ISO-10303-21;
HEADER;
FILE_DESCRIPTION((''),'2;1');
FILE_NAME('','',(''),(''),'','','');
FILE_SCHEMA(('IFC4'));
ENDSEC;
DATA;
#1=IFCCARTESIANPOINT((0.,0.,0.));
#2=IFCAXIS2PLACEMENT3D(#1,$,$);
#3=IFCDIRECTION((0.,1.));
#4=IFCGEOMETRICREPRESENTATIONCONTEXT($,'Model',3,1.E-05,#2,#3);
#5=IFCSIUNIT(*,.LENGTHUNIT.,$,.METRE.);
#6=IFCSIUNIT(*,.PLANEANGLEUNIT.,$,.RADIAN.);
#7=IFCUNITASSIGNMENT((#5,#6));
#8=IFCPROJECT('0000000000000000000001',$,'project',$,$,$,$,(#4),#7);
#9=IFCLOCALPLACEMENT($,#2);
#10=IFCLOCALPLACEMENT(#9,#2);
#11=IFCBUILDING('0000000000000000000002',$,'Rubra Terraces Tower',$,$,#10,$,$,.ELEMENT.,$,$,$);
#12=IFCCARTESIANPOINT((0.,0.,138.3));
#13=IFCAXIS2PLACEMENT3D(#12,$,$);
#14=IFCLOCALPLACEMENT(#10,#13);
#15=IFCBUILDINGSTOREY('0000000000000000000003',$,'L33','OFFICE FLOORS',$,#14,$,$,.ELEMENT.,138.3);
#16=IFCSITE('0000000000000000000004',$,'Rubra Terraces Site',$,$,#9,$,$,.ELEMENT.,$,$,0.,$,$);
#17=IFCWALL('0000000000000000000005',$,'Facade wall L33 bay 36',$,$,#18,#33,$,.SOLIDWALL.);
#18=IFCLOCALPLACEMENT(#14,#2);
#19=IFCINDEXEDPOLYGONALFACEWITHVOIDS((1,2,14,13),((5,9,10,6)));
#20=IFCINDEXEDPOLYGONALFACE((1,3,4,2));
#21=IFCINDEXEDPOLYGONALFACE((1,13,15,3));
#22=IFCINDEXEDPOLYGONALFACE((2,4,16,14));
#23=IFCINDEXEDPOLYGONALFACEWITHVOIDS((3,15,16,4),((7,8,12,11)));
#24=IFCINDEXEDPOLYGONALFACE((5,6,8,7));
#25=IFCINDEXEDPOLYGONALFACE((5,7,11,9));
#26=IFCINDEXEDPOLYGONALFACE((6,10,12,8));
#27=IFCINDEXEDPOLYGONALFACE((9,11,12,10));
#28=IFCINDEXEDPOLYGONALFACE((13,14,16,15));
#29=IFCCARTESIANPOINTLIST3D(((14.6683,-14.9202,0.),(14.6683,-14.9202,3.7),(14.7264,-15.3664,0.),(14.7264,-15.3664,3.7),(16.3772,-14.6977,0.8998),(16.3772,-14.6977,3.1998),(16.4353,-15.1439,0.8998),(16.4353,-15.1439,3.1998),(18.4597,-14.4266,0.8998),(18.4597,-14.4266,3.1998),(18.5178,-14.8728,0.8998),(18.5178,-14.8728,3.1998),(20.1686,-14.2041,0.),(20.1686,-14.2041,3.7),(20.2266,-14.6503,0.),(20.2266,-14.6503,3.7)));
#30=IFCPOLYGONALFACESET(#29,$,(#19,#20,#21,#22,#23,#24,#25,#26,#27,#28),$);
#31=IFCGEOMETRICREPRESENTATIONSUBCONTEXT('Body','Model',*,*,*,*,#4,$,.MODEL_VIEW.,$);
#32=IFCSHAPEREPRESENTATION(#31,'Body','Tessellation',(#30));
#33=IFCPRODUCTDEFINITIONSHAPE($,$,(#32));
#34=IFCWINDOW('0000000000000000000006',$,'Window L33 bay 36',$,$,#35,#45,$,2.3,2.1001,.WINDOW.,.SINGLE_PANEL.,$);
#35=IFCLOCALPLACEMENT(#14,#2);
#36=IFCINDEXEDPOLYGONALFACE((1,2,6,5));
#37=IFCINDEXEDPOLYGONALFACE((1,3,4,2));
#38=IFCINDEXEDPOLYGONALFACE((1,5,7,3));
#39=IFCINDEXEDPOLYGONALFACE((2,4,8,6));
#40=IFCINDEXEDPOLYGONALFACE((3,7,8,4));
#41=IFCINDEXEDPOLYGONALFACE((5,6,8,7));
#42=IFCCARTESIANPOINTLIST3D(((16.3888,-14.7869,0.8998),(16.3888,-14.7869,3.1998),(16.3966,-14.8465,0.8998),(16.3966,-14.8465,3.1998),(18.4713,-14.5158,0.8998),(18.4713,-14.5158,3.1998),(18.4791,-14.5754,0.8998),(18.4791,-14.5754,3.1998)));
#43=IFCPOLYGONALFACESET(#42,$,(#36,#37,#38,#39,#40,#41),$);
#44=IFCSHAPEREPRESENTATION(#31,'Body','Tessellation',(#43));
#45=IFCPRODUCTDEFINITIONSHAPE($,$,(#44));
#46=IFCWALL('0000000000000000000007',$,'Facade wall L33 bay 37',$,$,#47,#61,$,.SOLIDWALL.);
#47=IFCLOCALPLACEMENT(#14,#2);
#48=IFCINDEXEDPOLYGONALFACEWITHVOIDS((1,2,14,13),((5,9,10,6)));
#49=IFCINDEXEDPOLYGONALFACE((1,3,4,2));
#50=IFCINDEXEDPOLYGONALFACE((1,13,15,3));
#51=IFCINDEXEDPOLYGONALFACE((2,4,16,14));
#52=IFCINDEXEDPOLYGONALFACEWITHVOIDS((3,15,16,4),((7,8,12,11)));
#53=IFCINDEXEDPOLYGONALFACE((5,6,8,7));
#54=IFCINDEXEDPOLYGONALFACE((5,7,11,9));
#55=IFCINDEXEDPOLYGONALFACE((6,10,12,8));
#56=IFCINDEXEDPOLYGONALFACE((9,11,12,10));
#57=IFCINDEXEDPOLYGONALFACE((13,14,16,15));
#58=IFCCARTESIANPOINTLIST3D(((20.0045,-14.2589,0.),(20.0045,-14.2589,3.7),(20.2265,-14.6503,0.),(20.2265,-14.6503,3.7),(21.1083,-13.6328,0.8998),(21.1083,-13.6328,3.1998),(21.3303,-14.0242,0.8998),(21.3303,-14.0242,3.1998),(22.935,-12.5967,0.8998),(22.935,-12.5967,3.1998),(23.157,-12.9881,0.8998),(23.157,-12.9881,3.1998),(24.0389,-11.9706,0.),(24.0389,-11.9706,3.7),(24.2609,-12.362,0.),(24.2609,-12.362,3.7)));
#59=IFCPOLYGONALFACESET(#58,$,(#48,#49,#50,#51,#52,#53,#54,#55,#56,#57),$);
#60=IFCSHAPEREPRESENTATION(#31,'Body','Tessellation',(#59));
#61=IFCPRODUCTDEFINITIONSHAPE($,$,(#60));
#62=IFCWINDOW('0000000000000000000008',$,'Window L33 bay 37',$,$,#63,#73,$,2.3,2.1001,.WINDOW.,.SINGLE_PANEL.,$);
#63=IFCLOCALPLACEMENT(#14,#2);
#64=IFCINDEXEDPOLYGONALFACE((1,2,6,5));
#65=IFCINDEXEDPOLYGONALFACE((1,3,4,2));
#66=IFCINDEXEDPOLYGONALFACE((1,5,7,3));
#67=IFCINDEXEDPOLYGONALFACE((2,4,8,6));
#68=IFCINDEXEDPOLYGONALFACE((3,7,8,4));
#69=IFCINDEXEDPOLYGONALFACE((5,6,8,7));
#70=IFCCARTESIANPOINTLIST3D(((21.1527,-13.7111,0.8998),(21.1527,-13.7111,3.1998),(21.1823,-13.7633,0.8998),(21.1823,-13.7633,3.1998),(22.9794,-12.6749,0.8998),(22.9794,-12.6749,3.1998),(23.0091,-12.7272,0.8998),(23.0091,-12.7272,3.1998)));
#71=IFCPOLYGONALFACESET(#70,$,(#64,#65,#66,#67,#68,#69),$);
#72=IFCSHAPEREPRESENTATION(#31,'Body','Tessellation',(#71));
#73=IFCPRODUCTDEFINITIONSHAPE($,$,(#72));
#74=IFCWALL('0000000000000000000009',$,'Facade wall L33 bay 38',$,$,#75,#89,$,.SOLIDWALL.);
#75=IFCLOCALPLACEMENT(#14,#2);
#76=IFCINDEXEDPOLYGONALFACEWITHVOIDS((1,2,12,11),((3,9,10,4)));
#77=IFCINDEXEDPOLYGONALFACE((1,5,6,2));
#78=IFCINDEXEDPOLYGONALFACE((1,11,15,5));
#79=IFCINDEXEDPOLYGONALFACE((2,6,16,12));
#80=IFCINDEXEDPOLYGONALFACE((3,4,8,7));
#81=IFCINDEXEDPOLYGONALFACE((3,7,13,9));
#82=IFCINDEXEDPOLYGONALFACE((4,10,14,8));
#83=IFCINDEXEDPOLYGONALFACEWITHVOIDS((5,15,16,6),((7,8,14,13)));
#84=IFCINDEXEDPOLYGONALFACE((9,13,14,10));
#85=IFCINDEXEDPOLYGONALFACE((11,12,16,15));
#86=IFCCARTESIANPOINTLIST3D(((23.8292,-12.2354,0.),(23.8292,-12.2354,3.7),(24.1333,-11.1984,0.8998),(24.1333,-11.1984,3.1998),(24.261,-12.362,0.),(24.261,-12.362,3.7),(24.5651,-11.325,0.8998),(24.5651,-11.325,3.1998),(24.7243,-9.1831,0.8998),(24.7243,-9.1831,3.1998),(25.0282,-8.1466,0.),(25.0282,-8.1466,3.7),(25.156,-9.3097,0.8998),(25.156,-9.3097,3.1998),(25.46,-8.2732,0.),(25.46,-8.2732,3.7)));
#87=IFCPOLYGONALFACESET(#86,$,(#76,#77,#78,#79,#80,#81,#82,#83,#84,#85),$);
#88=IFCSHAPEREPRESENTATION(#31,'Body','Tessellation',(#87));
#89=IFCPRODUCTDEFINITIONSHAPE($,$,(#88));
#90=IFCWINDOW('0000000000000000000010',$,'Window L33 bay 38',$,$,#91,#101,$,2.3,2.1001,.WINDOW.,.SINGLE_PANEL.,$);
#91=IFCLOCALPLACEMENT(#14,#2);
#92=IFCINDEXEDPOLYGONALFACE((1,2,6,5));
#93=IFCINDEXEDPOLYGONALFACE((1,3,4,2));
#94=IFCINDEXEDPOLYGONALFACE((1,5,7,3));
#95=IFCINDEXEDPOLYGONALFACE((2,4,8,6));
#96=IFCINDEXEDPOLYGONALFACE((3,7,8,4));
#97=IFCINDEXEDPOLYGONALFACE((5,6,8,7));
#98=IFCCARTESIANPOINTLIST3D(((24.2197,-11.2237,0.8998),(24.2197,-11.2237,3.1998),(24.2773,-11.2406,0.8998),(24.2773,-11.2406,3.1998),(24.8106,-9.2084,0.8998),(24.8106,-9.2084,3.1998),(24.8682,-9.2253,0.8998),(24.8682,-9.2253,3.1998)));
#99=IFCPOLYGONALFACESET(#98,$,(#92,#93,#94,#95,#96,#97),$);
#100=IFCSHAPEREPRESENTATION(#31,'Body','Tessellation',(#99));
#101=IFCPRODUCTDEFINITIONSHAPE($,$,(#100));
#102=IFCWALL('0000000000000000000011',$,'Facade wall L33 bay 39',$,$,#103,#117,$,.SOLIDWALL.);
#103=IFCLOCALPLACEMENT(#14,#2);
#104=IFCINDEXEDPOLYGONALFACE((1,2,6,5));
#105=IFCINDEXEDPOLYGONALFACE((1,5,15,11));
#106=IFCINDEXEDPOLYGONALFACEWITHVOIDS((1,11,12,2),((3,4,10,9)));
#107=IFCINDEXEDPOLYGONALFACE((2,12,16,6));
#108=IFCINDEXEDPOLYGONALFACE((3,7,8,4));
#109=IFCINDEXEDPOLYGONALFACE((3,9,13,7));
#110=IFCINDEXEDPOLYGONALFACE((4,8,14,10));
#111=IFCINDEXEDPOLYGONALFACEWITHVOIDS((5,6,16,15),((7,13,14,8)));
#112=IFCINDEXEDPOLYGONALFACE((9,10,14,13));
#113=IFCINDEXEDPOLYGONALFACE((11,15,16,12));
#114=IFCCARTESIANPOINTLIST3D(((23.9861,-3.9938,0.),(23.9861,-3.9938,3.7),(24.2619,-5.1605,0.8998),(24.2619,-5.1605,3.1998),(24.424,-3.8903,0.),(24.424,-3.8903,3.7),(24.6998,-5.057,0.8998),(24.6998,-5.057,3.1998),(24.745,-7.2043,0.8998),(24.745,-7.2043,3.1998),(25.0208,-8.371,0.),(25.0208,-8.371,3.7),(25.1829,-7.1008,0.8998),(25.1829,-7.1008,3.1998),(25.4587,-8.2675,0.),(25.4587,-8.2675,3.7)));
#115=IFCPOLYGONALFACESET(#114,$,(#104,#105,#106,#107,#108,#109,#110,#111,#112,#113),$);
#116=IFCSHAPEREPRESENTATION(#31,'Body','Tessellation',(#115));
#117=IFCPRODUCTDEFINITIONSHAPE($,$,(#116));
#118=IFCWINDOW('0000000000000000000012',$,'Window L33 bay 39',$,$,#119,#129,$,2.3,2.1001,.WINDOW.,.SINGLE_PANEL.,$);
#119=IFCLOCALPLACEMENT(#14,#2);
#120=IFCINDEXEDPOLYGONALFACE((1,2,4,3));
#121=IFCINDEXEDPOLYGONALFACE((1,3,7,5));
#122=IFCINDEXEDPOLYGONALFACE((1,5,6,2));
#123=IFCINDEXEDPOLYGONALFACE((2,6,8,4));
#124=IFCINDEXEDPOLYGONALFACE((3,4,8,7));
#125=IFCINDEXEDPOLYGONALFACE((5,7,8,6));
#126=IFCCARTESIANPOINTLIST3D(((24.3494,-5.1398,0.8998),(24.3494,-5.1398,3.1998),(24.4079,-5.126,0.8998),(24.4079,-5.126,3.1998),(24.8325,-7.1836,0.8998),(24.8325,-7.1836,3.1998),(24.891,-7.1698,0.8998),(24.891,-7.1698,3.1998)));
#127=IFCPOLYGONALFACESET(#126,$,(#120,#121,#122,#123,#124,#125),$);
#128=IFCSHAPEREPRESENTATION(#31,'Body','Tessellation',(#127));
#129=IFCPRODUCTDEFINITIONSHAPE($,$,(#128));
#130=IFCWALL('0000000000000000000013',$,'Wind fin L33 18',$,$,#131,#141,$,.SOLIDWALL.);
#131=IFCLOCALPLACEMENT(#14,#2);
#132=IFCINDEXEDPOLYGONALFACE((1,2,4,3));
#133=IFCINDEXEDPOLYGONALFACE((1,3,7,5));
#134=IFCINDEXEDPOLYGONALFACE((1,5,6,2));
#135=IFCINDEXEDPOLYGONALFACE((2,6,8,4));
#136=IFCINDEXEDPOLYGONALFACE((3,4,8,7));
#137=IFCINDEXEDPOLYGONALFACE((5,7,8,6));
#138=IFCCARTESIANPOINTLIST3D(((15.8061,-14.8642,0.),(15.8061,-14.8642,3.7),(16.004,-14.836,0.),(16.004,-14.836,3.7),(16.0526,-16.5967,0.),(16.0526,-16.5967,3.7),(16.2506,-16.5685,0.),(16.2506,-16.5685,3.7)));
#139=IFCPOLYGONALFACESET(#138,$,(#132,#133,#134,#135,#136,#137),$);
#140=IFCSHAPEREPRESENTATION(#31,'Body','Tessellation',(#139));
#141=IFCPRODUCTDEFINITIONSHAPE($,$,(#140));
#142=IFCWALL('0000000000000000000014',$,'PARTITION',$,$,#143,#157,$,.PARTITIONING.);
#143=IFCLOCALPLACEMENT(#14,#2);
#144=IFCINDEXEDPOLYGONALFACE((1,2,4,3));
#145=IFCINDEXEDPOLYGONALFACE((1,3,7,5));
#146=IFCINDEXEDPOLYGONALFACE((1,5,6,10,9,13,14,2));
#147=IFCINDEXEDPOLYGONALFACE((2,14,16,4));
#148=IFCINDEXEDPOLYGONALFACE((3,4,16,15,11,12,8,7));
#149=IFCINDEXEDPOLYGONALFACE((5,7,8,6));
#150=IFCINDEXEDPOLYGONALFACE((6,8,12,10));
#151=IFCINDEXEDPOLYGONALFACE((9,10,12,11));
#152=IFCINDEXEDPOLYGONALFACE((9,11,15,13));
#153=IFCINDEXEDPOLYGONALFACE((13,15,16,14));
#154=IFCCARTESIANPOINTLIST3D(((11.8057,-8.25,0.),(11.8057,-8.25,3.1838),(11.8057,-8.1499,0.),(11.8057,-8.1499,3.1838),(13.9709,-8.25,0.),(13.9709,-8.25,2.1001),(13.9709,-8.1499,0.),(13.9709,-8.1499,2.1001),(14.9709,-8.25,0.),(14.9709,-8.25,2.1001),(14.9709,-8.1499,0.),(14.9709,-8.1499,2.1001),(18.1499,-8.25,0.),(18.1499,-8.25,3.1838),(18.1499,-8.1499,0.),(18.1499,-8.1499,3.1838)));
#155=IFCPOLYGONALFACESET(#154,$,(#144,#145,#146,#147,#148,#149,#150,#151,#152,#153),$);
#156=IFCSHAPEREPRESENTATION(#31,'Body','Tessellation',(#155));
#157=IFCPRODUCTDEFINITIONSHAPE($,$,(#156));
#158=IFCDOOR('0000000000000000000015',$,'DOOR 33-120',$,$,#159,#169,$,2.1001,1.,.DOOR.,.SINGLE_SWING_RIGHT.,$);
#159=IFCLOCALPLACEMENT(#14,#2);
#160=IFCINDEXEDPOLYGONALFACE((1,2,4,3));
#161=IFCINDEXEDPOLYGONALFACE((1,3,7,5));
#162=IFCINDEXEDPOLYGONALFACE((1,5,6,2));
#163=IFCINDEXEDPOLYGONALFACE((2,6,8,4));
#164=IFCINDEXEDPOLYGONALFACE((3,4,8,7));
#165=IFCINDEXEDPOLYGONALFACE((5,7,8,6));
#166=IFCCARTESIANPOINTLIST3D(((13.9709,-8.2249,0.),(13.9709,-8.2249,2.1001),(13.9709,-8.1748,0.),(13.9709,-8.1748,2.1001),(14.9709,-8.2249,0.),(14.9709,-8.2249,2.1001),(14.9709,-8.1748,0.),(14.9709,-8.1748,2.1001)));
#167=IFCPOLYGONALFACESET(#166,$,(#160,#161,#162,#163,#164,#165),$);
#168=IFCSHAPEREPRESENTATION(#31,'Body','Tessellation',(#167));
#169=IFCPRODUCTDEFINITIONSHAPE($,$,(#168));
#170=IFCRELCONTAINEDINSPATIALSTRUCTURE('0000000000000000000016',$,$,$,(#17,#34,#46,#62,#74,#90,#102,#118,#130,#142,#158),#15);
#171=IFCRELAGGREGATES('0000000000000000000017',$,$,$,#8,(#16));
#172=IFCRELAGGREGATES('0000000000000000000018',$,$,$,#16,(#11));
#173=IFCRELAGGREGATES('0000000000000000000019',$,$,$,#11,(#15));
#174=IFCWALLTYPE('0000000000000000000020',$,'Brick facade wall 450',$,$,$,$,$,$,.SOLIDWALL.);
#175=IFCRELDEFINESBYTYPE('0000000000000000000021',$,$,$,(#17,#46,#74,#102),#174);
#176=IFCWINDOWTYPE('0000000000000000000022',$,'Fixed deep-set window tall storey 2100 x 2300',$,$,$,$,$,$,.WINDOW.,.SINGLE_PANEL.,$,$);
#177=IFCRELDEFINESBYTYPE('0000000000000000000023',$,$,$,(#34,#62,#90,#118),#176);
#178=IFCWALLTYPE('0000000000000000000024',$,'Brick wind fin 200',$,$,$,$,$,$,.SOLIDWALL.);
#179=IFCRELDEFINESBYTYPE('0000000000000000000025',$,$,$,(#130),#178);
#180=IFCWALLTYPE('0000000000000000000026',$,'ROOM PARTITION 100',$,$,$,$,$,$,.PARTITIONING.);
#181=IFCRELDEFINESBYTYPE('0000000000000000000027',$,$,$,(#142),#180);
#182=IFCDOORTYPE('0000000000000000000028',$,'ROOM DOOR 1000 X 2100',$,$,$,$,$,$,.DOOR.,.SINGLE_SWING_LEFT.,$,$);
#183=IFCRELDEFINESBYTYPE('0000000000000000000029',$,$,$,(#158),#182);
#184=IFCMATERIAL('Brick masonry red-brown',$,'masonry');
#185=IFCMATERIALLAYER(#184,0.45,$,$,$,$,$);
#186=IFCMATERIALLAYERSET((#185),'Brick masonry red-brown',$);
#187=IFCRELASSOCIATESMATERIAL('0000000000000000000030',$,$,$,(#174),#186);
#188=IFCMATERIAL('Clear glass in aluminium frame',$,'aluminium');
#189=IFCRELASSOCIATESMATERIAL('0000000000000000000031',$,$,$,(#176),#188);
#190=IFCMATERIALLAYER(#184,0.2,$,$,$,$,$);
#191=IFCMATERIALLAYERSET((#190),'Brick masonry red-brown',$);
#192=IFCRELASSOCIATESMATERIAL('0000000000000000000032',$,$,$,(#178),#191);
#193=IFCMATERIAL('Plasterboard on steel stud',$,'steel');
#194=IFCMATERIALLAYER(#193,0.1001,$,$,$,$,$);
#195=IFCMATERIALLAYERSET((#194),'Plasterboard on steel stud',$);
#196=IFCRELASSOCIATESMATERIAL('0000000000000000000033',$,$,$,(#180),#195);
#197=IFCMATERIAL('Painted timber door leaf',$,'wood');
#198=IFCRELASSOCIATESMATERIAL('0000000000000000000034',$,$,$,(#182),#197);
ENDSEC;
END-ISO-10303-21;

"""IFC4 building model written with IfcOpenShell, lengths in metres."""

from ifc_helpers import new_model, si_unit, direction, frame, frame_2d, origin, place, context, subcontext, project, spatial, rectangle, extrude, material, layer, layer_set, type_object, element, fill, save


model = new_model("IFC4")

# Units and contexts
model_context = context("Model", 3, precision=1e-05, world=origin(), true_north=direction((0.0, 1.0)))
body_context = subcontext(model_context, "Body", "Model", "MODEL_VIEW")
ifc_project = project(units=[si_unit("LENGTHUNIT", "METRE"), si_unit("PLANEANGLEUNIT", "RADIAN")], contexts=[model_context])

# Site, building, storey
site_placement = place(None, origin())
site = spatial("IfcSite", under=ifc_project, at=site_placement, Name="Rubra Terraces Site", CompositionType="ELEMENT", RefElevation=0.0)
building_placement = place(site_placement, origin())
building = spatial("IfcBuilding", under=site, at=building_placement, Name="Rubra Terraces Tower", CompositionType="ELEMENT")
storey_placement = place(building_placement, frame((0.0, 0.0, 138.3)))
storey = spatial("IfcBuildingStorey", under=building, at=storey_placement, Name="L33", Description="OFFICE FLOORS", CompositionType="ELEMENT", Elevation=138.3)

# Walls, openings, windows
ifc_material_1 = material(Name="Brick masonry red-brown", Category="masonry")
ifc_layer_1 = layer(ifc_material_1, 0.45)
ifc_layer_set_1 = layer_set([ifc_layer_1], Name="Brick masonry red-brown")
wall_type_1 = type_object("IfcWallType", Name="Brick facade wall 450", PredefinedType="SOLIDWALL", material=ifc_layer_set_1)
ifc_material_2 = material(Name="Clear glass in aluminium frame", Category="aluminium")
window_type = type_object("IfcWindowType", Name="Fixed deep-set window tall storey 2100 x 2300", PartitioningType="SINGLE_PANEL", PredefinedType="WINDOW", material=ifc_material_2)
wall_1_placement = place(storey_placement, frame((14.6973, -15.1433, 0.0), z_axis=(0.0, 0.0, 1.0), x_axis=(0.991632, 0.129098, 0.0)))
wall_1 = element("IfcWall", 1, at=wall_1_placement, inside=storey, type_object=wall_type_1, Name="Facade wall L33 bay 36", PredefinedType="SOLIDWALL", context=body_context, shape_type="SweptSolid", body=[
    extrude(rectangle(XDim=5.5466, YDim=0.45, at=frame_2d((2.7734, 0.0))), origin(), (0.0, 0.0, 1.0), 3.7),
])
opening_1_placement = place(wall_1_placement, frame((1.7234, 0.0, 0.8999)))
opening_1 = element("IfcOpeningElement", 2, at=opening_1_placement, cuts=wall_1, PredefinedType="OPENING", context=body_context, shape_type="SweptSolid", body=[
    extrude(rectangle(XDim=2.1001, YDim=2.3, at=frame_2d((1.05, 1.1499))), frame((0.0, 0.2349, 0.0), z_axis=(0.0, -1.0, 0.0), x_axis=(1.0, 0.0, 0.0)), (0.0, 0.0, 1.0), 0.47),
])
window_1_placement = place(opening_1_placement, origin())
window_1 = element("IfcWindow", 3, at=window_1_placement, inside=storey, type_object=window_type, Name="Window L33 bay 36", OverallHeight=2.3, OverallWidth=2.1001, PartitioningType="SINGLE_PANEL", PredefinedType="WINDOW", context=body_context, shape_type="SweptSolid", body=[
    extrude(rectangle(XDim=2.1001, YDim=2.3, at=frame_2d((1.05, 1.1499))), frame((0.0, 0.135, 0.0), z_axis=(0.0, -1.0, 0.0), x_axis=(1.0, 0.0, 0.0)), (0.0, 0.0, 1.0), 0.0601),
])
fill(opening_1, window_1)
wall_2_placement = place(storey_placement, frame((20.1155, -14.4546, 0.0), z_axis=(0.0, 0.0, 1.0), x_axis=(0.869823, 0.493364, 0.0)))
wall_2 = element("IfcWall", 4, at=wall_2_placement, inside=storey, type_object=wall_type_1, Name="Facade wall L33 bay 37", PredefinedType="SOLIDWALL", context=body_context, shape_type="SweptSolid", body=[
    extrude(rectangle(XDim=4.6382, YDim=0.45, at=frame_2d((2.3191, 0.0))), origin(), (0.0, 0.0, 1.0), 3.7),
])
opening_2_placement = place(wall_2_placement, frame((1.269, 0.0, 0.8999)))
opening_2 = element("IfcOpeningElement", 5, at=opening_2_placement, cuts=wall_2, PredefinedType="OPENING", context=body_context, shape_type="SweptSolid", body=[
    extrude(rectangle(XDim=2.1001, YDim=2.3, at=frame_2d((1.05, 1.1499))), frame((0.0, 0.2349, 0.0), z_axis=(0.0, -1.0, 0.0), x_axis=(1.0, 0.0, 0.0)), (0.0, 0.0, 1.0), 0.47),
])
window_2_placement = place(opening_2_placement, origin())
window_2 = element("IfcWindow", 6, at=window_2_placement, inside=storey, type_object=window_type, Name="Window L33 bay 37", OverallHeight=2.3, OverallWidth=2.1001, PartitioningType="SINGLE_PANEL", PredefinedType="WINDOW", context=body_context, shape_type="SweptSolid", body=[
    extrude(rectangle(XDim=2.1001, YDim=2.3, at=frame_2d((1.05, 1.1499))), frame((0.0, 0.135, 0.0), z_axis=(0.0, -1.0, 0.0), x_axis=(1.0, 0.0, 0.0)), (0.0, 0.0, 1.0), 0.0601),
])
fill(opening_2, window_2)
wall_3_placement = place(storey_placement, frame((24.0452, -12.2986, 0.0), z_axis=(0.0, 0.0, 1.0), x_axis=(0.281381, 0.959596, 0.0)))
wall_3 = element("IfcWall", 7, at=wall_3_placement, inside=storey, type_object=wall_type_1, Name="Facade wall L33 bay 38", PredefinedType="SOLIDWALL", context=body_context, shape_type="SweptSolid", body=[
    extrude(rectangle(XDim=4.261, YDim=0.45, at=frame_2d((2.1304, 0.0))), origin(), (0.0, 0.0, 1.0), 3.7),
])
opening_3_placement = place(wall_3_placement, frame((1.0806, 0.0, 0.8999)))
opening_3 = element("IfcOpeningElement", 8, at=opening_3_placement, cuts=wall_3, PredefinedType="OPENING", context=body_context, shape_type="SweptSolid", body=[
    extrude(rectangle(XDim=2.1001, YDim=2.3, at=frame_2d((1.05, 1.1499))), frame((0.0, 0.2349, 0.0), z_axis=(0.0, -1.0, 0.0), x_axis=(1.0, 0.0, 0.0)), (0.0, 0.0, 1.0), 0.47),
])
window_3_placement = place(opening_3_placement, origin())
window_3 = element("IfcWindow", 9, at=window_3_placement, inside=storey, type_object=window_type, Name="Window L33 bay 38", OverallHeight=2.3, OverallWidth=2.1001, PartitioningType="SINGLE_PANEL", PredefinedType="WINDOW", context=body_context, shape_type="SweptSolid", body=[
    extrude(rectangle(XDim=2.1001, YDim=2.3, at=frame_2d((1.05, 1.1499))), frame((0.0, 0.135, 0.0), z_axis=(0.0, -1.0, 0.0), x_axis=(1.0, 0.0, 0.0)), (0.0, 0.0, 1.0), 0.0601),
])
fill(opening_3, window_3)
wall_4_placement = place(storey_placement, frame((25.2397, -8.3193, 0.0), z_axis=(0.0, 0.0, 1.0), x_axis=(-0.230038, 0.973182, 0.0)))
wall_4 = element("IfcWall", 10, at=wall_4_placement, inside=storey, type_object=wall_type_1, Name="Facade wall L33 bay 39", PredefinedType="SOLIDWALL", context=body_context, shape_type="SweptSolid", body=[
    extrude(rectangle(XDim=4.4978, YDim=0.45, at=frame_2d((2.249, 0.0))), origin(), (0.0, 0.0, 1.0), 3.7),
])
opening_4_placement = place(wall_4_placement, frame((1.199, 0.0, 0.8999)))
opening_4 = element("IfcOpeningElement", 11, at=opening_4_placement, cuts=wall_4, PredefinedType="OPENING", context=body_context, shape_type="SweptSolid", body=[
    extrude(rectangle(XDim=2.1001, YDim=2.3, at=frame_2d((1.05, 1.1499))), frame((0.0, 0.2349, 0.0), z_axis=(0.0, -1.0, 0.0), x_axis=(1.0, 0.0, 0.0)), (0.0, 0.0, 1.0), 0.47),
])
window_4_placement = place(opening_4_placement, origin())
window_4 = element("IfcWindow", 12, at=window_4_placement, inside=storey, type_object=window_type, Name="Window L33 bay 39", OverallHeight=2.3, OverallWidth=2.1001, PartitioningType="SINGLE_PANEL", PredefinedType="WINDOW", context=body_context, shape_type="SweptSolid", body=[
    extrude(rectangle(XDim=2.1001, YDim=2.3, at=frame_2d((1.05, 1.1499))), frame((0.0, 0.135, 0.0), z_axis=(0.0, -1.0, 0.0), x_axis=(1.0, 0.0, 0.0)), (0.0, 0.0, 1.0), 0.0601),
])
fill(opening_4, window_4)

# Wall
ifc_layer_2 = layer(ifc_material_1, 0.2)
ifc_layer_set_2 = layer_set([ifc_layer_2], Name="Brick masonry red-brown")
wall_type_2 = type_object("IfcWallType", Name="Brick wind fin 200", PredefinedType="SOLIDWALL", material=ifc_layer_set_2)
wall_5_placement = place(storey_placement, frame((15.905, -14.8501, 0.0), z_axis=(0.0, 0.0, 1.0), x_axis=(0.140913, -0.990022, 0.0)))
element("IfcWall", 13, at=wall_5_placement, inside=storey, type_object=wall_type_2, Name="Wind fin L33 18", PredefinedType="SOLIDWALL", context=body_context, shape_type="SweptSolid", body=[
    extrude(rectangle(XDim=1.75, YDim=0.2, at=frame_2d((0.875, 0.0))), origin(), (0.0, 0.0, 1.0), 3.7),
])

# Wall, opening, door
ifc_material_3 = material(Name="Plasterboard on steel stud", Category="steel")
ifc_layer_3 = layer(ifc_material_3, 0.1001)
ifc_layer_set_3 = layer_set([ifc_layer_3], Name="Plasterboard on steel stud")
wall_type_3 = type_object("IfcWallType", Name="ROOM PARTITION 100", PredefinedType="PARTITIONING", material=ifc_layer_set_3)
wall_6_placement = place(storey_placement, frame((18.1499, -8.2, 0.0), z_axis=(0.0, 0.0, 1.0), x_axis=(-1.0, 0.0, 0.0)))
wall_6 = element("IfcWall", 14, at=wall_6_placement, inside=storey, type_object=wall_type_3, Name="PARTITION", PredefinedType="PARTITIONING", context=body_context, shape_type="SweptSolid", body=[
    extrude(rectangle(XDim=6.3442, YDim=0.1001, at=frame_2d((3.1721, 0.0))), origin(), (0.0, 0.0, 1.0), 3.1838),
])
opening_5_placement = place(wall_6_placement, frame((3.179, 0.0, 0.0)))
opening_5 = element("IfcOpeningElement", 15, at=opening_5_placement, cuts=wall_6, PredefinedType="OPENING", context=body_context, shape_type="SweptSolid", body=[
    extrude(rectangle(XDim=1.0, YDim=2.1001, at=frame_2d((0.5, 1.05))), frame((0.0, 0.0601, 0.0), z_axis=(0.0, -1.0, 0.0), x_axis=(1.0, 0.0, 0.0)), (0.0, 0.0, 1.0), 0.1201),
])
ifc_material_4 = material(Name="Painted timber door leaf", Category="wood")
door_type = type_object("IfcDoorType", Name="ROOM DOOR 1000 X 2100", OperationType="SINGLE_SWING_LEFT", PredefinedType="DOOR", material=ifc_material_4)
door_placement = place(opening_5_placement, origin())
door = element("IfcDoor", 16, at=door_placement, inside=storey, type_object=door_type, Name="DOOR 33-120", OperationType="SINGLE_SWING_RIGHT", OverallHeight=2.1001, OverallWidth=1.0, PredefinedType="DOOR", context=body_context, shape_type="SweptSolid", body=[
    extrude(rectangle(XDim=1.0, YDim=2.1001, at=frame_2d((0.5, 1.05))), frame((0.0, 0.0249, 0.0), z_axis=(0.0, -1.0, 0.0), x_axis=(1.0, 0.0, 0.0)), (0.0, 0.0, 1.0), 0.05),
])
fill(opening_5, door)

save(model, "model.ifc")
